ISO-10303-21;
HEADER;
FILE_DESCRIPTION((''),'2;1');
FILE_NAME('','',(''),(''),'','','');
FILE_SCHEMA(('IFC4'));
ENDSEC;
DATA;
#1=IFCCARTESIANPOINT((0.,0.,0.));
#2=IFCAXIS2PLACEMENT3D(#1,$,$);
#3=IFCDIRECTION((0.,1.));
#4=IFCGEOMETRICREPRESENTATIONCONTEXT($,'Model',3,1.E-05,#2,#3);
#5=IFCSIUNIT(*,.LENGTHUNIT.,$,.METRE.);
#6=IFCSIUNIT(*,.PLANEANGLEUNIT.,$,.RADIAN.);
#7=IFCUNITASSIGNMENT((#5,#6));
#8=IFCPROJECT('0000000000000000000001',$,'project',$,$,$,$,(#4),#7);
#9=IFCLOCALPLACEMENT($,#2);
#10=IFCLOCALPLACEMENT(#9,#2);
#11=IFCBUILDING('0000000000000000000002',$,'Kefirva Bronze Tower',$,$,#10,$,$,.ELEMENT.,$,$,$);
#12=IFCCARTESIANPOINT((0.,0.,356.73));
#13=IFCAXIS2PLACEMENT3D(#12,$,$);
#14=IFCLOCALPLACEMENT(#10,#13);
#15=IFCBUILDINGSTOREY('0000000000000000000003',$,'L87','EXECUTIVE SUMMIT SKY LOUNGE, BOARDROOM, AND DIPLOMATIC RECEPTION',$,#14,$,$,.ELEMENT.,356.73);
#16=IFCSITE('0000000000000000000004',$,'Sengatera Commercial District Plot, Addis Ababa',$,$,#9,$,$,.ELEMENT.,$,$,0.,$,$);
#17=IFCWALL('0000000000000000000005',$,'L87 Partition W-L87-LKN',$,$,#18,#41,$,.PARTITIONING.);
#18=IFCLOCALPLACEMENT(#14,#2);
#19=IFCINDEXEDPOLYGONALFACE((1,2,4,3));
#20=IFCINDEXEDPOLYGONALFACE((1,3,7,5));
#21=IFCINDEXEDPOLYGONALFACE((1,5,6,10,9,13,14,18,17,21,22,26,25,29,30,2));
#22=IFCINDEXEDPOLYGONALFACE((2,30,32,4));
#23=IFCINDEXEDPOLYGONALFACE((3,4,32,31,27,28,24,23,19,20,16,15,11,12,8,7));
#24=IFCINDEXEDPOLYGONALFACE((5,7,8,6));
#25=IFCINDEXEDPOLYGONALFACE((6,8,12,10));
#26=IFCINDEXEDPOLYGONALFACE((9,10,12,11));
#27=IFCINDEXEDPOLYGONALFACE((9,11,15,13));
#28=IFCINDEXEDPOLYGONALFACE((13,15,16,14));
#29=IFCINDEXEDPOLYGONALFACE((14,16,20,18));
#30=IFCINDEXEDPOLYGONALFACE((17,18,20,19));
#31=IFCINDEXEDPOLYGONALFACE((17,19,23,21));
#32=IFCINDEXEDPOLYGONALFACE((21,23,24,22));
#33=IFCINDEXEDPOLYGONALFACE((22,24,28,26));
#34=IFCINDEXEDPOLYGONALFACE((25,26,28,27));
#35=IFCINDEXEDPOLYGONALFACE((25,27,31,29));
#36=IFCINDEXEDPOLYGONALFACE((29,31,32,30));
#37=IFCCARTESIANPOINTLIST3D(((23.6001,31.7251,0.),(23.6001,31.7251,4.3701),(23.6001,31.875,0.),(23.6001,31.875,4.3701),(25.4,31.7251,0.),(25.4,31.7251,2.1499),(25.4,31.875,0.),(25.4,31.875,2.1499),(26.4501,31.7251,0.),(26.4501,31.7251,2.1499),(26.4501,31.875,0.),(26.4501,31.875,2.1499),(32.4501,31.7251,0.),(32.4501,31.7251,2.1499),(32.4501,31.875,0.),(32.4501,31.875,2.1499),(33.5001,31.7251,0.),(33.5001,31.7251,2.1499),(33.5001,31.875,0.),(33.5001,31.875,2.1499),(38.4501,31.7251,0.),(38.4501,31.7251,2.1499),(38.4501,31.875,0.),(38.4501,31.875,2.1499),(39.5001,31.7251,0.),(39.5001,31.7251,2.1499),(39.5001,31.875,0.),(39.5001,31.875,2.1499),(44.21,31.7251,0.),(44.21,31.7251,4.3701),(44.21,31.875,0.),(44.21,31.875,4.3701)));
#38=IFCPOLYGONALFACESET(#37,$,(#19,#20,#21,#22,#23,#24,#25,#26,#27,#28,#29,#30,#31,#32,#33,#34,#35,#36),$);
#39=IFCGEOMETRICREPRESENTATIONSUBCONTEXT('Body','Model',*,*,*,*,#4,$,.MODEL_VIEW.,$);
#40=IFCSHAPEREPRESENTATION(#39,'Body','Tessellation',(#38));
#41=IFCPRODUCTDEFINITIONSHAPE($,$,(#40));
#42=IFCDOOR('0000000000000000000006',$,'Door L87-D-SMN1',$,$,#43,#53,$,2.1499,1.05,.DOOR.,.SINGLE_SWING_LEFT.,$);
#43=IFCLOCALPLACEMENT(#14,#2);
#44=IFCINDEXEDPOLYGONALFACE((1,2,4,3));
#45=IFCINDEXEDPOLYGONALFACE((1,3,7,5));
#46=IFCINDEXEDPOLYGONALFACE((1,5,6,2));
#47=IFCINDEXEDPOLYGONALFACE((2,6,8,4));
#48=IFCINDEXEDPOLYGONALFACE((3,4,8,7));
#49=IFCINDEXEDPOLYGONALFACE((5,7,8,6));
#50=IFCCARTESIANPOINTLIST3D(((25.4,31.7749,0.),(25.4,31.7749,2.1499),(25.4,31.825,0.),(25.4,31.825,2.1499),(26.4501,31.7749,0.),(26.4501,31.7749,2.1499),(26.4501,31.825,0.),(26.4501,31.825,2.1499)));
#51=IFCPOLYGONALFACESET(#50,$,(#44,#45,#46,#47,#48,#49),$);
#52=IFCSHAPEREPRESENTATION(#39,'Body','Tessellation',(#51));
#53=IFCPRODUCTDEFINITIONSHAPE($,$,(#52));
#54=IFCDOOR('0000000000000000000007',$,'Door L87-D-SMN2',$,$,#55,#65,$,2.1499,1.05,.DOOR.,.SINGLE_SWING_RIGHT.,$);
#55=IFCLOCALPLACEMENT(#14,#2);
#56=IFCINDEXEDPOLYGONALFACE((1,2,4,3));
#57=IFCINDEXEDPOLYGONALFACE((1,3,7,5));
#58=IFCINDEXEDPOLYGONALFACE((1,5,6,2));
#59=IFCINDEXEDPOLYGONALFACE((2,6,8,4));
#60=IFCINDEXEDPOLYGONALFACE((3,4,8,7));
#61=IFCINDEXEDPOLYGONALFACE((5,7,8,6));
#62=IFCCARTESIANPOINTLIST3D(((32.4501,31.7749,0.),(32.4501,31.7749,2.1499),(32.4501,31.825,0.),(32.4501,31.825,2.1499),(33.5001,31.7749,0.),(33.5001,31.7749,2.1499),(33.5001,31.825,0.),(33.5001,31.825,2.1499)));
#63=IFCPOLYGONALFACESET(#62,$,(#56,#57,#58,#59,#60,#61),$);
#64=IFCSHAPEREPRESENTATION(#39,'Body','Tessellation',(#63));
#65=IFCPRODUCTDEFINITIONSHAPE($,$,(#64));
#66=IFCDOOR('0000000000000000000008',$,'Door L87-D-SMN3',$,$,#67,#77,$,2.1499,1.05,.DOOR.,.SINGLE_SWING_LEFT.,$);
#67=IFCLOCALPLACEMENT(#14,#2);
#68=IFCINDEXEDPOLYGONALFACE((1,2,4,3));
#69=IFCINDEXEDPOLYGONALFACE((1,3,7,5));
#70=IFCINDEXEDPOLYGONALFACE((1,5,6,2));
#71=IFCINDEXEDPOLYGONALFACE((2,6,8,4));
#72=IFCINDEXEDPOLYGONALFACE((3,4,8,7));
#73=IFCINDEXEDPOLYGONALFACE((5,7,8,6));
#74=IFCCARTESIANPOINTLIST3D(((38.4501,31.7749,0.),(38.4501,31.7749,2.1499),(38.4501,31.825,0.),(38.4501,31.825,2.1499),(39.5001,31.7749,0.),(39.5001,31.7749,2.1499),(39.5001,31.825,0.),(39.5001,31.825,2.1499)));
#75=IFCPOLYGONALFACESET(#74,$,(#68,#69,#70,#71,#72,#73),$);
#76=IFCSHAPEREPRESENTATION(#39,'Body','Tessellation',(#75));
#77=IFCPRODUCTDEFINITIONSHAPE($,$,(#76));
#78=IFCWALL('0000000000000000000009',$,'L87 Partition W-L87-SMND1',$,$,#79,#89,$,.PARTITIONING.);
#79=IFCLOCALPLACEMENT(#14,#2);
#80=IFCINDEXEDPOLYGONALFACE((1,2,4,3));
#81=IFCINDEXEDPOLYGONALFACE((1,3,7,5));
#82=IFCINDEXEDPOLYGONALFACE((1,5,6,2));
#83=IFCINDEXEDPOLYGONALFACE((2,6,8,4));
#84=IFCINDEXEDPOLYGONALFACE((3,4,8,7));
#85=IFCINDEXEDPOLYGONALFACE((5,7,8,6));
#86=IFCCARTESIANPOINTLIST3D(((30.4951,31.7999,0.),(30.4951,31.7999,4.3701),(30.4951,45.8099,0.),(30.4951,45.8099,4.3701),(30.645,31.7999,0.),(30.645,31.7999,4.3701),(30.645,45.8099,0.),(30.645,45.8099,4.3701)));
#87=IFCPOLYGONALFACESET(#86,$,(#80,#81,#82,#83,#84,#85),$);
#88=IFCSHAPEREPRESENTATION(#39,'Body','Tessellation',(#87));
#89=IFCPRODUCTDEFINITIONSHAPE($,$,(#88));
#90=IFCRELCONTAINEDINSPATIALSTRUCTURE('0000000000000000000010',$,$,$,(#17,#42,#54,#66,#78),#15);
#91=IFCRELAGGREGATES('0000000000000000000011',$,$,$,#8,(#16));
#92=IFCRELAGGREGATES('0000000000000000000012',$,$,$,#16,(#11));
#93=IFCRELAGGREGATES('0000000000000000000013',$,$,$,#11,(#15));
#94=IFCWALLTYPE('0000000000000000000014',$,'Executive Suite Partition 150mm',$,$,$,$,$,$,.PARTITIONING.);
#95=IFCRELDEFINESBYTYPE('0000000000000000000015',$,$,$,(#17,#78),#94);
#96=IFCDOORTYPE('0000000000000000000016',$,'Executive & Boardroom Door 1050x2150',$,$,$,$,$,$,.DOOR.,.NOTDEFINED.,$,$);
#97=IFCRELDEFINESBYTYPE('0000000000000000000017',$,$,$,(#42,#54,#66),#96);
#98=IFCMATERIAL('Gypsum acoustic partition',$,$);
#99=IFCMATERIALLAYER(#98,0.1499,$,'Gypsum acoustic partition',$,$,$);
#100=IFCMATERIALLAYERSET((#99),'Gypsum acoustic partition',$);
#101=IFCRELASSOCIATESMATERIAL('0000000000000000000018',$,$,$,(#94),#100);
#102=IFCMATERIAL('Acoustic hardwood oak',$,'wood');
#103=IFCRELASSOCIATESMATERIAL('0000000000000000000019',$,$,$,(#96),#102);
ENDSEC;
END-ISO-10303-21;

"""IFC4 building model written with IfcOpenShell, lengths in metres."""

from ifc_helpers import new_model, si_unit, direction, frame, frame_2d, origin, place, context, subcontext, project, spatial, rectangle, extrude, material, layer, layer_set, type_object, element, fill, save


model = new_model("IFC4")

# Units and contexts
model_context = context("Model", 3, precision=1e-05, world=origin(), true_north=direction((0.0, 1.0)))
body_context = subcontext(model_context, "Body", "Model", "MODEL_VIEW")
ifc_project = project(units=[si_unit("LENGTHUNIT", "METRE"), si_unit("PLANEANGLEUNIT", "RADIAN")], contexts=[model_context])

# Site, building, storey
site_placement = place(None, origin())
site = spatial("IfcSite", under=ifc_project, at=site_placement, Name="Sengatera Commercial District Plot, Addis Ababa", CompositionType="ELEMENT", RefElevation=0.0)
building_placement = place(site_placement, origin())
building = spatial("IfcBuilding", under=site, at=building_placement, Name="Kefirva Bronze Tower", CompositionType="ELEMENT")
storey_placement = place(building_placement, frame((0.0, 0.0, 356.73)))
storey = spatial("IfcBuildingStorey", under=building, at=storey_placement, Name="L87", Description="EXECUTIVE SUMMIT SKY LOUNGE, BOARDROOM, AND DIPLOMATIC RECEPTION", CompositionType="ELEMENT", Elevation=356.73)

# Wall, openings, doors
ifc_material_1 = material(Name="Gypsum acoustic partition")
ifc_layer = layer(ifc_material_1, 0.1499, Name="Gypsum acoustic partition")
ifc_layer_set = layer_set([ifc_layer], Name="Gypsum acoustic partition")
wall_type = type_object("IfcWallType", Name="Executive Suite Partition 150mm", PredefinedType="PARTITIONING", material=ifc_layer_set)
wall_1_placement = place(storey_placement, frame((23.6001, 31.8, 0.0), z_axis=(0.0, 0.0, 1.0), x_axis=(1.0, 0.0, 0.0)))
wall_1 = element("IfcWall", 1, at=wall_1_placement, inside=storey, type_object=wall_type, Name="L87 Partition W-L87-LKN", PredefinedType="PARTITIONING", context=body_context, shape_type="SweptSolid", body=[
    extrude(rectangle(XDim=20.6099, YDim=0.1499, at=frame_2d((10.3049, 0.0))), origin(), (0.0, 0.0, 1.0), 4.3701),
])
opening_1_placement = place(wall_1_placement, frame((1.8, 0.0, 0.0)))
opening_1 = element("IfcOpeningElement", 2, at=opening_1_placement, cuts=wall_1, PredefinedType="OPENING", context=body_context, shape_type="SweptSolid", body=[
    extrude(rectangle(XDim=1.05, YDim=2.1499, at=frame_2d((0.5249, 1.075))), frame((0.0, 0.085, 0.0), z_axis=(0.0, -1.0, 0.0), x_axis=(1.0, 0.0, 0.0)), (0.0, 0.0, 1.0), 0.1699),
])
opening_2_placement = place(wall_1_placement, frame((8.8501, 0.0, 0.0)))
opening_2 = element("IfcOpeningElement", 3, at=opening_2_placement, cuts=wall_1, PredefinedType="OPENING", context=body_context, shape_type="SweptSolid", body=[
    extrude(rectangle(XDim=1.05, YDim=2.1499, at=frame_2d((0.5249, 1.075))), frame((0.0, 0.085, 0.0), z_axis=(0.0, -1.0, 0.0), x_axis=(1.0, 0.0, 0.0)), (0.0, 0.0, 1.0), 0.1699),
])
opening_3_placement = place(wall_1_placement, frame((14.8501, 0.0, 0.0)))
opening_3 = element("IfcOpeningElement", 4, at=opening_3_placement, cuts=wall_1, PredefinedType="OPENING", context=body_context, shape_type="SweptSolid", body=[
    extrude(rectangle(XDim=1.05, YDim=2.1499, at=frame_2d((0.5249, 1.075))), frame((0.0, 0.085, 0.0), z_axis=(0.0, -1.0, 0.0), x_axis=(1.0, 0.0, 0.0)), (0.0, 0.0, 1.0), 0.1699),
])
ifc_material_2 = material(Name="Acoustic hardwood oak", Category="wood")
door_type = type_object("IfcDoorType", Name="Executive & Boardroom Door 1050x2150", OperationType="NOTDEFINED", PredefinedType="DOOR", material=ifc_material_2)
door_1_placement = place(opening_1_placement, origin())
door_1 = element("IfcDoor", 5, at=door_1_placement, inside=storey, type_object=door_type, Name="Door L87-D-SMN1", OperationType="SINGLE_SWING_LEFT", OverallHeight=2.1499, OverallWidth=1.05, PredefinedType="DOOR", context=body_context, shape_type="SweptSolid", body=[
    extrude(rectangle(XDim=1.05, YDim=2.1499, at=frame_2d((0.5249, 1.075))), frame((0.0, 0.0249, 0.0), z_axis=(0.0, -1.0, 0.0), x_axis=(1.0, 0.0, 0.0)), (0.0, 0.0, 1.0), 0.05),
])
fill(opening_1, door_1)
door_2_placement = place(opening_2_placement, origin())
door_2 = element("IfcDoor", 6, at=door_2_placement, inside=storey, type_object=door_type, Name="Door L87-D-SMN2", OperationType="SINGLE_SWING_RIGHT", OverallHeight=2.1499, OverallWidth=1.05, PredefinedType="DOOR", context=body_context, shape_type="SweptSolid", body=[
    extrude(rectangle(XDim=1.05, YDim=2.1499, at=frame_2d((0.5249, 1.075))), frame((0.0, 0.0249, 0.0), z_axis=(0.0, -1.0, 0.0), x_axis=(1.0, 0.0, 0.0)), (0.0, 0.0, 1.0), 0.05),
])
fill(opening_2, door_2)
door_3_placement = place(opening_3_placement, origin())
door_3 = element("IfcDoor", 7, at=door_3_placement, inside=storey, type_object=door_type, Name="Door L87-D-SMN3", OperationType="SINGLE_SWING_LEFT", OverallHeight=2.1499, OverallWidth=1.05, PredefinedType="DOOR", context=body_context, shape_type="SweptSolid", body=[
    extrude(rectangle(XDim=1.05, YDim=2.1499, at=frame_2d((0.5249, 1.075))), frame((0.0, 0.0249, 0.0), z_axis=(0.0, -1.0, 0.0), x_axis=(1.0, 0.0, 0.0)), (0.0, 0.0, 1.0), 0.05),
])
fill(opening_3, door_3)

# Wall
wall_2_placement = place(storey_placement, frame((30.5701, 31.8, 0.0), z_axis=(0.0, 0.0, 1.0), x_axis=(0.0, 1.0, 0.0)))
element("IfcWall", 8, at=wall_2_placement, inside=storey, type_object=wall_type, Name="L87 Partition W-L87-SMND1", PredefinedType="PARTITIONING", context=body_context, shape_type="SweptSolid", body=[
    extrude(rectangle(XDim=14.01, YDim=0.1499, at=frame_2d((7.0049, 0.0))), origin(), (0.0, 0.0, 1.0), 4.3701),
])

save(model, "model.ifc")
